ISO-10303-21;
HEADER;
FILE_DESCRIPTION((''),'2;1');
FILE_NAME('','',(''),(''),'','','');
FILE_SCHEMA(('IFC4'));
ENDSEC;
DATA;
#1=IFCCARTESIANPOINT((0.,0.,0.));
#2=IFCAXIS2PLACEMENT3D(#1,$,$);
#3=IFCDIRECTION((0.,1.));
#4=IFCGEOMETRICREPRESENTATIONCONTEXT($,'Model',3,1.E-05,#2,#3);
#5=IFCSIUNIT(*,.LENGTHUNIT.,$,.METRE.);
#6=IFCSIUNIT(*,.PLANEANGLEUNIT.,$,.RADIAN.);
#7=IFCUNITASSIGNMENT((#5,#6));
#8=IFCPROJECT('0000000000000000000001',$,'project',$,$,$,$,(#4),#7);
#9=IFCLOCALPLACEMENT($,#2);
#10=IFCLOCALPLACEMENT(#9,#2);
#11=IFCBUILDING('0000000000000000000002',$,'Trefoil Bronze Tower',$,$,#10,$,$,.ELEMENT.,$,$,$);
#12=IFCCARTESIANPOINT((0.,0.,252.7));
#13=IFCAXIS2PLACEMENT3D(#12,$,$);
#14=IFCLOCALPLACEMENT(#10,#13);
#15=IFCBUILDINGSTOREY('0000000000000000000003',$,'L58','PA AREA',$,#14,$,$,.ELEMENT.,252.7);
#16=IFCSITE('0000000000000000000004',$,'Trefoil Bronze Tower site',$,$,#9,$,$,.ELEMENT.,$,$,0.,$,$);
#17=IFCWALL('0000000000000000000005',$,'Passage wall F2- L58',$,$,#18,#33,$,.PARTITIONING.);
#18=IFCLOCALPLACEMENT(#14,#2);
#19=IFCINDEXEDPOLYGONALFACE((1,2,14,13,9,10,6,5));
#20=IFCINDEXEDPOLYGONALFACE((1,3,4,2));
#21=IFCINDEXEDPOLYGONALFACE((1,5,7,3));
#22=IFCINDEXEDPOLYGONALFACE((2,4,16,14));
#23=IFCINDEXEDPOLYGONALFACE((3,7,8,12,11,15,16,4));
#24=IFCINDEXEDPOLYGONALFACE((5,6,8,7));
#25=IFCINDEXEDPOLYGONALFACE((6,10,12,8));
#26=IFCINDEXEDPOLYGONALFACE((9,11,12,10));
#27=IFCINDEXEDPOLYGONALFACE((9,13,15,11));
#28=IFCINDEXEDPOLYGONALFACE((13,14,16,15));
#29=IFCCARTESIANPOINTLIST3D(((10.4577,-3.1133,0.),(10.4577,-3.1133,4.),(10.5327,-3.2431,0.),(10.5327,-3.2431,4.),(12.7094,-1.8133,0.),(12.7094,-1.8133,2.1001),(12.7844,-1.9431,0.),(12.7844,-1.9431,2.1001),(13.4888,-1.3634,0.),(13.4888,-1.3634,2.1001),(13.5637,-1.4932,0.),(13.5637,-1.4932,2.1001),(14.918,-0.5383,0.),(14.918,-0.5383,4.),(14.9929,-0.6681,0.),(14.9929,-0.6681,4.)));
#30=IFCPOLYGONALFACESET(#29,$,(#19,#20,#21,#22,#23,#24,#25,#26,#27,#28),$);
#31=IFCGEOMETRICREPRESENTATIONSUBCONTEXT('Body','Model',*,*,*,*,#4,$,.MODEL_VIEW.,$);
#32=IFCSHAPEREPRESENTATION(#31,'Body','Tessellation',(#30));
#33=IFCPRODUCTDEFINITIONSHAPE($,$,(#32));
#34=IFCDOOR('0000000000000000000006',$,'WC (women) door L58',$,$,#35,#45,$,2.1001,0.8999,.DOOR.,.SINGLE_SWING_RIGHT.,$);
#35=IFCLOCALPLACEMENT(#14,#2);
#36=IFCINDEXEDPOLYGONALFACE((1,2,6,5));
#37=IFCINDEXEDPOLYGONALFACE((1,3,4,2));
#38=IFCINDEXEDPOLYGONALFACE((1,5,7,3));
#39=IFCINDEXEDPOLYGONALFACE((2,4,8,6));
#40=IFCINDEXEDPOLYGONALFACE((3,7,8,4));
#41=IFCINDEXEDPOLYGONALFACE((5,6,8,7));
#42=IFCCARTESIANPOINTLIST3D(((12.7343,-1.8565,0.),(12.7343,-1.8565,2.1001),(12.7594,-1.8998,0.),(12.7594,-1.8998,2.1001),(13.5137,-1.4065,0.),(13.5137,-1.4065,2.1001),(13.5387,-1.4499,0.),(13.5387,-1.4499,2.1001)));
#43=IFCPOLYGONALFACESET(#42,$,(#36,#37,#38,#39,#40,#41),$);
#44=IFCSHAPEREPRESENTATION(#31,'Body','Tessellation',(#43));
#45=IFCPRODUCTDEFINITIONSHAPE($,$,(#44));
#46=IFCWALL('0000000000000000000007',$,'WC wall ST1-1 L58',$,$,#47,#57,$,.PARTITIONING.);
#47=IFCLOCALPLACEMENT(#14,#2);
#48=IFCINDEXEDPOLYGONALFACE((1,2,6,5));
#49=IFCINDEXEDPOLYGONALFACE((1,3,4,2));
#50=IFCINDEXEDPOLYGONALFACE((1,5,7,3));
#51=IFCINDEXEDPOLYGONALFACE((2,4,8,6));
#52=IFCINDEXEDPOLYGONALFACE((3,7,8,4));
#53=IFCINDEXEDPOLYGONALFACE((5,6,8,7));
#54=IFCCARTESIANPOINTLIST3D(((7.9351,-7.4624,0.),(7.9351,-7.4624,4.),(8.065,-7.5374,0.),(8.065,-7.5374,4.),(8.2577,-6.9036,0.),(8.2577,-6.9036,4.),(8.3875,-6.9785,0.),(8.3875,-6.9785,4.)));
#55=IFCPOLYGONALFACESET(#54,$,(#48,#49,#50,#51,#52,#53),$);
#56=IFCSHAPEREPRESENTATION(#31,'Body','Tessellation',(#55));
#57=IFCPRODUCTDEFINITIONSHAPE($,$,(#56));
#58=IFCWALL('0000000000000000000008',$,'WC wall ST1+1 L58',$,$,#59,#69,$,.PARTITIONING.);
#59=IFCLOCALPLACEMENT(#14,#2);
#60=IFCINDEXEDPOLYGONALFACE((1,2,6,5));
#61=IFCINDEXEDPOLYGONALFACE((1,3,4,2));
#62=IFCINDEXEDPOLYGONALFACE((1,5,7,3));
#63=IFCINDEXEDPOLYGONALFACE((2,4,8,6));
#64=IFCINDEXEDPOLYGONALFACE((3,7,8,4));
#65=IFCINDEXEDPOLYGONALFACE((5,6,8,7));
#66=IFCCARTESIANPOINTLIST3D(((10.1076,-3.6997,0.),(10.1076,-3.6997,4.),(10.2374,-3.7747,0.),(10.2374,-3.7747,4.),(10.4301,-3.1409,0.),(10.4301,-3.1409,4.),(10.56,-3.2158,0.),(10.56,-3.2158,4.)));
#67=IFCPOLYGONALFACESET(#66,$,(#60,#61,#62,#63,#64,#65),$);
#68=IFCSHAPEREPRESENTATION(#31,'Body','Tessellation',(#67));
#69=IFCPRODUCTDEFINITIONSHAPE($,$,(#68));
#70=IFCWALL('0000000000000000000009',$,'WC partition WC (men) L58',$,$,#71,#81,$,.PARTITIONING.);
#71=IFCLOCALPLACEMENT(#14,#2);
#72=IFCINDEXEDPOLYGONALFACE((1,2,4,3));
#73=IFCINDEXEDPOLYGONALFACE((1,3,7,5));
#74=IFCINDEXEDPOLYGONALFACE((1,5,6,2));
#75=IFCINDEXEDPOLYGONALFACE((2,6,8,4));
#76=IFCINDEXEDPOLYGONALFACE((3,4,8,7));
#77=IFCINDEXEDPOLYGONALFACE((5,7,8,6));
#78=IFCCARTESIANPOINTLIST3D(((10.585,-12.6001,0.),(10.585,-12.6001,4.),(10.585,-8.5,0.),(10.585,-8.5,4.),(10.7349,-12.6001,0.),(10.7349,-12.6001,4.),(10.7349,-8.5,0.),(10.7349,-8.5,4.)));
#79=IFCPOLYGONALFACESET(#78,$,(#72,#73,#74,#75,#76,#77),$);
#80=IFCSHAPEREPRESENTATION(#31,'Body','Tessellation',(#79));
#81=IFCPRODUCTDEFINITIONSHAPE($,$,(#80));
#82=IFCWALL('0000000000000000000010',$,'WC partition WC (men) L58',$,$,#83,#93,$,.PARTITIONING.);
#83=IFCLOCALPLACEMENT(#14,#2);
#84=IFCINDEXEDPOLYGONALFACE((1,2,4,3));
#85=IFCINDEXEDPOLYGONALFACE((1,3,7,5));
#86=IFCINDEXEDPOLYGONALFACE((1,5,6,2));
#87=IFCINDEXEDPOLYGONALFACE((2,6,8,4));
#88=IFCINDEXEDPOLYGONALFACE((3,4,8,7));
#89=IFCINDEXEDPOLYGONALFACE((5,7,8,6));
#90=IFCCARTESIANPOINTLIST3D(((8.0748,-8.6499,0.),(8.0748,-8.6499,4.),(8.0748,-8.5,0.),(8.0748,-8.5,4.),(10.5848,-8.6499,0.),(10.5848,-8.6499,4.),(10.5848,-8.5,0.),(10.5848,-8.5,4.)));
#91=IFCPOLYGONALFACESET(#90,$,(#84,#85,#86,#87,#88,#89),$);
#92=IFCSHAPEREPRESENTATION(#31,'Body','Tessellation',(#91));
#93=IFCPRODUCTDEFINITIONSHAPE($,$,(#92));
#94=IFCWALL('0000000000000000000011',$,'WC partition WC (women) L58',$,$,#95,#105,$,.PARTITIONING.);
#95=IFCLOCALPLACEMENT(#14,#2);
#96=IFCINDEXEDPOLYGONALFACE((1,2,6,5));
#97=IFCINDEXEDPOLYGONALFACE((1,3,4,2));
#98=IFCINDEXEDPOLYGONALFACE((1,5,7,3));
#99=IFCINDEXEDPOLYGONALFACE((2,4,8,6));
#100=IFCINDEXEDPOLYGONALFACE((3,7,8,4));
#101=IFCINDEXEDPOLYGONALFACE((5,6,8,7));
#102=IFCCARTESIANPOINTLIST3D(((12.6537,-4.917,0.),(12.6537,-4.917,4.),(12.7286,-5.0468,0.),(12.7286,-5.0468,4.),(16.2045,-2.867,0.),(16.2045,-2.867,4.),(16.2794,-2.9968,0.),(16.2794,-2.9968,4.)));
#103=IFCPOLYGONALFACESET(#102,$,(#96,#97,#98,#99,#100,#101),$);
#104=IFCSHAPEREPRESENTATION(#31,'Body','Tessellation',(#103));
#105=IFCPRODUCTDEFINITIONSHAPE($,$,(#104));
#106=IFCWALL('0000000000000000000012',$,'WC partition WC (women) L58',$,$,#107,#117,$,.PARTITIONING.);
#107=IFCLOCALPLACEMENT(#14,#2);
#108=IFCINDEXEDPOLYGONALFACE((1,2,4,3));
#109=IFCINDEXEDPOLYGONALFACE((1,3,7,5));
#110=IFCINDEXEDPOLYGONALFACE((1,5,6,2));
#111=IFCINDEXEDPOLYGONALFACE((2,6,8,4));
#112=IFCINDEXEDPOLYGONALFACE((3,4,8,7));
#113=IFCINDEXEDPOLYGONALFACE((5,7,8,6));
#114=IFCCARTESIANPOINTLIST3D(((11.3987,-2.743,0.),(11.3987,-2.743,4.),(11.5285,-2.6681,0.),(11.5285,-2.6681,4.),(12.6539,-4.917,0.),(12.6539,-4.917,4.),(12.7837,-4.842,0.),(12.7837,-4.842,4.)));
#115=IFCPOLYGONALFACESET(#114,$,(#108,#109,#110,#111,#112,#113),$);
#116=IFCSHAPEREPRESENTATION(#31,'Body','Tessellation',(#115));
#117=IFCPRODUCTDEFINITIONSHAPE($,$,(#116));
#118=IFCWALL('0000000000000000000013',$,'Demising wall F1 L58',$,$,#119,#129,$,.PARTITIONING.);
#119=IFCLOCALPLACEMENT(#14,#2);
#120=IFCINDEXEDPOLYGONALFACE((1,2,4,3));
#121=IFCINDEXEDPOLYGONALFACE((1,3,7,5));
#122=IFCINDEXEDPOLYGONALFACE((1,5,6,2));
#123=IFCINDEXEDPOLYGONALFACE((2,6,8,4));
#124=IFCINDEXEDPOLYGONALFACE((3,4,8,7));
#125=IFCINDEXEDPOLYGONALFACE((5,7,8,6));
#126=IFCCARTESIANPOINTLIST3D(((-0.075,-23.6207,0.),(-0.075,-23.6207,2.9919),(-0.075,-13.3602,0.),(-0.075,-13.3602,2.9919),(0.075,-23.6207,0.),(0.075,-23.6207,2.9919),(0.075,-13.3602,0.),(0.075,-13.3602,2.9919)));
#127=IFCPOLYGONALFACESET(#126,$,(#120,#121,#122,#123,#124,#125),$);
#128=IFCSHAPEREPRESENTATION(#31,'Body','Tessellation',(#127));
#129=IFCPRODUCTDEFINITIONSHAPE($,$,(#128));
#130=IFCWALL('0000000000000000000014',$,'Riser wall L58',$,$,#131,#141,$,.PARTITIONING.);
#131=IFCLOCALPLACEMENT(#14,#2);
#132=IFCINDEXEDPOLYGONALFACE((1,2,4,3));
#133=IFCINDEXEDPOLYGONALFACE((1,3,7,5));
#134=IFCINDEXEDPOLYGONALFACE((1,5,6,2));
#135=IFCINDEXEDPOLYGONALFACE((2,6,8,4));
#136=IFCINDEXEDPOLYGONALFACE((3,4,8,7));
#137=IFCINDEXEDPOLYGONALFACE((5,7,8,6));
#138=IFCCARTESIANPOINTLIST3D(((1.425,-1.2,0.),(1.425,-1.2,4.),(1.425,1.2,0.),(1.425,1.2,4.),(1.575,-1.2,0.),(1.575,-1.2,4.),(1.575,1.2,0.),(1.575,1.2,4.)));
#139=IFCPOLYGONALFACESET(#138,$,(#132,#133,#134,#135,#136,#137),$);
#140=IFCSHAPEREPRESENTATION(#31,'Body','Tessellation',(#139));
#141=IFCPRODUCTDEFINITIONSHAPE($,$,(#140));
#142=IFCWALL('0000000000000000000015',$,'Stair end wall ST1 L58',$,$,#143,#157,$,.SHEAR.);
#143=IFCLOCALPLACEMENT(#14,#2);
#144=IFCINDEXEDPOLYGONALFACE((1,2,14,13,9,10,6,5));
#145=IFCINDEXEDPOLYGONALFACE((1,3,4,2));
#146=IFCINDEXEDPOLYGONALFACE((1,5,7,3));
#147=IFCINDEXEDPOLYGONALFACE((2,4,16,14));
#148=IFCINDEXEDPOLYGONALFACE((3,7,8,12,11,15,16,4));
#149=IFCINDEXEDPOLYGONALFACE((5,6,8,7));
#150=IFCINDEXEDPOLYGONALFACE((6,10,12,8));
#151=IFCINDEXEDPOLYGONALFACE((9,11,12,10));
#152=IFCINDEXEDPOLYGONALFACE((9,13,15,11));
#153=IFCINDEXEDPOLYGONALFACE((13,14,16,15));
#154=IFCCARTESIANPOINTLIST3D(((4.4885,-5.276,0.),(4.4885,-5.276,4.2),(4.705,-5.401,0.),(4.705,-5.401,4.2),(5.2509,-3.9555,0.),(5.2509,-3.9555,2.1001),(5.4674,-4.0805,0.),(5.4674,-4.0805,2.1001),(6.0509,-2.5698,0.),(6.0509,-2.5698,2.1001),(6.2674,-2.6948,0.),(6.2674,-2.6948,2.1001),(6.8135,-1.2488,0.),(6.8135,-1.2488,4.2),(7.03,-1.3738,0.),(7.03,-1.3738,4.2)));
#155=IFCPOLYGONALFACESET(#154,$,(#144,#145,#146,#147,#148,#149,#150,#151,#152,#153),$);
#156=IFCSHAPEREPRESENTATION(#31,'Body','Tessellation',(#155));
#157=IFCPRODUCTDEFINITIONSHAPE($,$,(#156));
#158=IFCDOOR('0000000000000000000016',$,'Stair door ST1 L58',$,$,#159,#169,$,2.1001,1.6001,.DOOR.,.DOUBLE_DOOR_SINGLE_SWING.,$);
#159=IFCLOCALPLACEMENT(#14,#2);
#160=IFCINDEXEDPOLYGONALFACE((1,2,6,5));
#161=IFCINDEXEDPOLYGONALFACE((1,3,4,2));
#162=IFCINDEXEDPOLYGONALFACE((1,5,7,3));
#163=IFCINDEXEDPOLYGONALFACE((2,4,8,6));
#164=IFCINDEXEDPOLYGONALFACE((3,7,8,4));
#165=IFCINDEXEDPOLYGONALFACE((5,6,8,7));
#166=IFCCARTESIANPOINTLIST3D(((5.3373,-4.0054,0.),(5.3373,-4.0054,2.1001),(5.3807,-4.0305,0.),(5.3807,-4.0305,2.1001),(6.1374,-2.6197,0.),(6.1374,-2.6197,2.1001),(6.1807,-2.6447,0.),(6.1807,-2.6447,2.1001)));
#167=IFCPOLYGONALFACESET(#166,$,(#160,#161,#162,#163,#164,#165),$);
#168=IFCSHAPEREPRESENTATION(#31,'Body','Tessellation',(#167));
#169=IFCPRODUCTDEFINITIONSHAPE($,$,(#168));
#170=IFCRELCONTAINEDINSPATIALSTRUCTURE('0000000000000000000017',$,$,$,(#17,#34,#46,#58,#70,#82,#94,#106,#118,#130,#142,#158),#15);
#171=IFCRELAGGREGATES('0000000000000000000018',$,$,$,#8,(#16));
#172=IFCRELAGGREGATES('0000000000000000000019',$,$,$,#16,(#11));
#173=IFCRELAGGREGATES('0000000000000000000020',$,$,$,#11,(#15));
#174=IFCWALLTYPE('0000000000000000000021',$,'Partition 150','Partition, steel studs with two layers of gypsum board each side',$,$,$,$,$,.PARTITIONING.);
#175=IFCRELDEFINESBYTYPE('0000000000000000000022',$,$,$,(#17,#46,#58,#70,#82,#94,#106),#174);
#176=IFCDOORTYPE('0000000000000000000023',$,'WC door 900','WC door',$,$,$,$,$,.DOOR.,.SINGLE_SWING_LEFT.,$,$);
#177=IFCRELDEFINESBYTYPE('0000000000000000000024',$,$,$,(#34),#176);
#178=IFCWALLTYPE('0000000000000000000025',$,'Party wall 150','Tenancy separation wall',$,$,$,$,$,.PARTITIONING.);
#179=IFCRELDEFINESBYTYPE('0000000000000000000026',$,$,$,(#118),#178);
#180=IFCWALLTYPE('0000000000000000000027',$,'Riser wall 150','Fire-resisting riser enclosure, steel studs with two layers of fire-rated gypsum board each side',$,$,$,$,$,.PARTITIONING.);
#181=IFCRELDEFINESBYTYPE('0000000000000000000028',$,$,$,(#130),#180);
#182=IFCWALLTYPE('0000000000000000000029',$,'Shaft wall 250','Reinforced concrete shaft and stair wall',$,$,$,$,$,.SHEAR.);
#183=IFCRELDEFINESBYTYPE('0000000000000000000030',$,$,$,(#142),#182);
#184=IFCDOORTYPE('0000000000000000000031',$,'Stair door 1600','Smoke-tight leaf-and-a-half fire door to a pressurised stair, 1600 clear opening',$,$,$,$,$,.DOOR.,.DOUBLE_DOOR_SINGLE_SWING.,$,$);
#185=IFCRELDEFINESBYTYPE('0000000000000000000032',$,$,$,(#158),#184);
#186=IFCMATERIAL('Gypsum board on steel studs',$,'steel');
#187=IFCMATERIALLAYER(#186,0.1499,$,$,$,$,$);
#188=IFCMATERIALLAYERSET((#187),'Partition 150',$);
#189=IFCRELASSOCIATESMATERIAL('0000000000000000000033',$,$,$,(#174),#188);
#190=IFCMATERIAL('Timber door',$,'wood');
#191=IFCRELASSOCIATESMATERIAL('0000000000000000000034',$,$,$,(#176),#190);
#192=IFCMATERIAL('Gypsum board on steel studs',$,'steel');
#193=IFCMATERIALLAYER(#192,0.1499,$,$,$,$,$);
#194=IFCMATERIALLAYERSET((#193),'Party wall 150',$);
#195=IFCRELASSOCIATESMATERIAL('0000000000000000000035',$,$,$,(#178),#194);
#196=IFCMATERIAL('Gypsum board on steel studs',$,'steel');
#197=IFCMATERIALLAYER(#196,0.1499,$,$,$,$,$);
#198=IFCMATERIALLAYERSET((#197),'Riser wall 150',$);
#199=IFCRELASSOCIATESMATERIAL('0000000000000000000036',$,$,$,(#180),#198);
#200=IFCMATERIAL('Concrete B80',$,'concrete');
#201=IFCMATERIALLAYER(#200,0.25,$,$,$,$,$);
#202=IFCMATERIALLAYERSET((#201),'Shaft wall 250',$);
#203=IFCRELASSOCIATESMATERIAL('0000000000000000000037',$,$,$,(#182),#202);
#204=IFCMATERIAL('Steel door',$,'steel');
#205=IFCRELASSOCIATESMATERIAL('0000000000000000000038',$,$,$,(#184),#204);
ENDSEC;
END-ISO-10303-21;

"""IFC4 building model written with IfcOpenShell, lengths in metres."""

from ifc_helpers import new_model, si_unit, direction, frame, frame_2d, origin, place, context, subcontext, project, spatial, rectangle, extrude, material, layer, layer_set, type_object, element, fill, save


model = new_model("IFC4")

# Units and contexts
model_context = context("Model", 3, precision=1e-05, world=origin(), true_north=direction((0.0, 1.0)))
body_context = subcontext(model_context, "Body", "Model", "MODEL_VIEW")
ifc_project = project(units=[si_unit("LENGTHUNIT", "METRE"), si_unit("PLANEANGLEUNIT", "RADIAN")], contexts=[model_context])

# Site, building, storey
site_placement = place(None, origin())
site = spatial("IfcSite", under=ifc_project, at=site_placement, Name="Trefoil Bronze Tower site", CompositionType="ELEMENT", RefElevation=0.0)
building_placement = place(site_placement, origin())
building = spatial("IfcBuilding", under=site, at=building_placement, Name="Trefoil Bronze Tower", CompositionType="ELEMENT")
storey_placement = place(building_placement, frame((0.0, 0.0, 252.7)))
storey = spatial("IfcBuildingStorey", under=building, at=storey_placement, Name="L58", Description="PA AREA", CompositionType="ELEMENT", Elevation=252.7)

# Wall, opening, door
ifc_material_1 = material(Name="Gypsum board on steel studs", Category="steel")
ifc_layer_1 = layer(ifc_material_1, 0.1499)
ifc_layer_set_1 = layer_set([ifc_layer_1], Name="Partition 150")
wall_type_1 = type_object("IfcWallType", Name="Partition 150", Description="Partition, steel studs with two layers of gypsum board each side", PredefinedType="PARTITIONING", material=ifc_layer_set_1)
ifc_material_2 = material(Name="Timber door", Category="wood")
door_type_1 = type_object("IfcDoorType", Name="WC door 900", Description="WC door", OperationType="SINGLE_SWING_LEFT", PredefinedType="DOOR", material=ifc_material_2)
wall_1_placement = place(storey_placement, frame((10.4951, -3.1782, 0.0), z_axis=(0.0, 0.0, 1.0), x_axis=(0.866038, 0.499978, 0.0)))
wall_1 = element("IfcWall", 1, at=wall_1_placement, inside=storey, type_object=wall_type_1, Name="Passage wall F2- L58", PredefinedType="PARTITIONING", context=body_context, shape_type="SweptSolid", body=[
    extrude(rectangle(XDim=5.1501, YDim=0.1499, at=frame_2d((2.5752, 0.0))), origin(), (0.0, 0.0, 1.0), 4.0),
])
opening_1_placement = place(wall_1_placement, frame((2.6001, 0.0, 0.0)))
opening_1 = element("IfcOpeningElement", 2, at=opening_1_placement, cuts=wall_1, PredefinedType="OPENING", context=body_context, shape_type="SweptSolid", body=[
    extrude(rectangle(XDim=0.8999, YDim=2.1001, at=frame_2d((0.45, 1.05))), frame((0.0, 0.085, 0.0), z_axis=(0.0, -1.0, 0.0), x_axis=(1.0, 0.0, 0.0)), (0.0, 0.0, 1.0), 0.1699),
])
door_1_placement = place(opening_1_placement, frame((0.8999, 0.0, 0.0), z_axis=(0.0, 0.0, 1.0), x_axis=(-1.0, 0.0, 0.0)))
door_1 = element("IfcDoor", 3, at=door_1_placement, inside=storey, type_object=door_type_1, Name="WC (women) door L58", OperationType="SINGLE_SWING_RIGHT", OverallHeight=2.1001, OverallWidth=0.8999, PredefinedType="DOOR", context=body_context, shape_type="SweptSolid", body=[
    extrude(rectangle(XDim=0.8999, YDim=2.1001, at=frame_2d((0.45, 1.05))), frame((0.0, 0.0249, 0.0), z_axis=(0.0, -1.0, 0.0), x_axis=(1.0, 0.0, 0.0)), (0.0, 0.0, 1.0), 0.05),
])
fill(opening_1, door_1)

# Walls
for number, where, z_axis, x_axis, name in (
    (4, (8.0, -7.5, 0.0), (0.0, 0.0, 1.0), (0.499843, 0.866116, 0.0), "WC wall ST1-1 L58"),
    (5, (10.4951, -3.1782, 0.0), (0.0, 0.0, 1.0), (-0.499843, -0.866116, 0.0), "WC wall ST1+1 L58"),
):
    element("IfcWall", number, at=place(storey_placement, frame(where, z_axis=z_axis, x_axis=x_axis)), inside=storey, type_object=wall_type_1, Name=name, PredefinedType="PARTITIONING", context=body_context, shape_type="SweptSolid", body=[
        extrude(rectangle(XDim=0.6453, YDim=0.1499, at=frame_2d((0.3228, 0.0))), origin(), (0.0, 0.0, 1.0), 4.0),
    ])
wall_2_placement = place(storey_placement, frame((10.6599, -8.5, 0.0), z_axis=(0.0, 0.0, 1.0), x_axis=(0.0, -1.0, 0.0)))
element("IfcWall", 6, at=wall_2_placement, inside=storey, type_object=wall_type_1, Name="WC partition WC (men) L58", PredefinedType="PARTITIONING", context=body_context, shape_type="SweptSolid", body=[
    extrude(rectangle(XDim=4.1001, YDim=0.1499, at=frame_2d((2.05, 0.0))), origin(), (0.0, 0.0, 1.0), 4.0),
])
wall_3_placement = place(storey_placement, frame((8.075, -8.575, 0.0), z_axis=(0.0, 0.0, 1.0), x_axis=(1.0, 0.0, 0.0)))
element("IfcWall", 7, at=wall_3_placement, inside=storey, type_object=wall_type_1, Name="WC partition WC (men) L58", PredefinedType="PARTITIONING", context=body_context, shape_type="SweptSolid", body=[
    extrude(rectangle(XDim=2.51, YDim=0.1499, at=frame_2d((1.2549, 0.0))), origin(), (0.0, 0.0, 1.0), 4.0),
])
wall_4_placement = place(storey_placement, frame((12.6912, -4.9819, 0.0), z_axis=(0.0, 0.0, 1.0), x_axis=(0.866025, 0.500001, 0.0)))
element("IfcWall", 8, at=wall_4_placement, inside=storey, type_object=wall_type_1, Name="WC partition WC (women) L58", PredefinedType="PARTITIONING", context=body_context, shape_type="SweptSolid", body=[
    extrude(rectangle(XDim=4.1001, YDim=0.1499, at=frame_2d((2.05, 0.0))), origin(), (0.0, 0.0, 1.0), 4.0),
])
wall_5_placement = place(storey_placement, frame((11.4636, -2.7056, 0.0), z_axis=(0.0, 0.0, 1.0), x_axis=(0.50002, -0.866014, 0.0)))
element("IfcWall", 9, at=wall_5_placement, inside=storey, type_object=wall_type_1, Name="WC partition WC (women) L58", PredefinedType="PARTITIONING", context=body_context, shape_type="SweptSolid", body=[
    extrude(rectangle(XDim=2.5103, YDim=0.1499, at=frame_2d((1.2551, 0.0))), origin(), (0.0, 0.0, 1.0), 4.0),
])
ifc_material_3 = material(Name="Gypsum board on steel studs", Category="steel")
ifc_layer_2 = layer(ifc_material_3, 0.1499)
ifc_layer_set_2 = layer_set([ifc_layer_2], Name="Party wall 150")
wall_type_2 = type_object("IfcWallType", Name="Party wall 150", Description="Tenancy separation wall", PredefinedType="PARTITIONING", material=ifc_layer_set_2)
wall_6_placement = place(storey_placement, frame((0.0, -13.3601, 0.0), z_axis=(0.0, 0.0, 1.0), x_axis=(0.0, -1.0, 0.0)))
element("IfcWall", 10, at=wall_6_placement, inside=storey, type_object=wall_type_2, Name="Demising wall F1 L58", PredefinedType="PARTITIONING", context=body_context, shape_type="SweptSolid", body=[
    extrude(rectangle(XDim=10.2605, YDim=0.1499, at=frame_2d((5.1304, 0.0))), origin(), (0.0, 0.0, 1.0), 2.9919),
])
ifc_material_4 = material(Name="Gypsum board on steel studs", Category="steel")
ifc_layer_3 = layer(ifc_material_4, 0.1499)
ifc_layer_set_3 = layer_set([ifc_layer_3], Name="Riser wall 150")
wall_type_3 = type_object("IfcWallType", Name="Riser wall 150", Description="Fire-resisting riser enclosure, steel studs with two layers of fire-rated gypsum board each side", PredefinedType="PARTITIONING", material=ifc_layer_set_3)
wall_7_placement = place(storey_placement, frame((1.5, -1.2, 0.0), z_axis=(0.0, 0.0, 1.0), x_axis=(0.0, 1.0, 0.0)))
element("IfcWall", 11, at=wall_7_placement, inside=storey, type_object=wall_type_3, Name="Riser wall L58", PredefinedType="PARTITIONING", context=body_context, shape_type="SweptSolid", body=[
    extrude(rectangle(XDim=2.3999, YDim=0.1499, at=frame_2d((1.2, 0.0))), origin(), (0.0, 0.0, 1.0), 4.0),
])

# Wall, opening, door
ifc_material_5 = material(Name="Concrete B80", Category="concrete")
ifc_layer_4 = layer(ifc_material_5, 0.25)
ifc_layer_set_4 = layer_set([ifc_layer_4], Name="Shaft wall 250")
wall_type_4 = type_object("IfcWallType", Name="Shaft wall 250", Description="Reinforced concrete shaft and stair wall", PredefinedType="SHEAR", material=ifc_layer_set_4)
wall_8_placement = place(storey_placement, frame((4.5967, -5.3386, 0.0), z_axis=(0.0, 0.0, 1.0), x_axis=(0.499985, 0.866034, 0.0)))
wall_8 = element("IfcWall", 12, at=wall_8_placement, inside=storey, type_object=wall_type_4, Name="Stair end wall ST1 L58", PredefinedType="SHEAR", context=body_context, shape_type="SweptSolid", body=[
    extrude(rectangle(XDim=4.6501, YDim=0.25, at=frame_2d((2.3252, 0.0))), origin(), (0.0, 0.0, 1.0), 4.2),
])
opening_2_placement = place(wall_8_placement, frame((1.5249, 0.0, 0.0)))
opening_2 = element("IfcOpeningElement", 13, at=opening_2_placement, cuts=wall_8, PredefinedType="OPENING", context=body_context, shape_type="SweptSolid", body=[
    extrude(rectangle(XDim=1.6001, YDim=2.1001, at=frame_2d((0.8, 1.05))), frame((0.0, 0.135, 0.0), z_axis=(0.0, -1.0, 0.0), x_axis=(1.0, 0.0, 0.0)), (0.0, 0.0, 1.0), 0.27),
])
ifc_material_6 = material(Name="Steel door", Category="steel")
door_type_2 = type_object("IfcDoorType", Name="Stair door 1600", Description="Smoke-tight leaf-and-a-half fire door to a pressurised stair, 1600 clear opening", OperationType="DOUBLE_DOOR_SINGLE_SWING", PredefinedType="DOOR", material=ifc_material_6)
door_2_placement = place(opening_2_placement, frame((1.6001, 0.0, 0.0), z_axis=(0.0, 0.0, 1.0), x_axis=(-1.0, 0.0, 0.0)))
door_2 = element("IfcDoor", 14, at=door_2_placement, inside=storey, type_object=door_type_2, Name="Stair door ST1 L58", OperationType="DOUBLE_DOOR_SINGLE_SWING", OverallHeight=2.1001, OverallWidth=1.6001, PredefinedType="DOOR", context=body_context, shape_type="SweptSolid", body=[
    extrude(rectangle(XDim=1.6001, YDim=2.1001, at=frame_2d((0.8, 1.05))), frame((0.0, 0.0249, 0.0), z_axis=(0.0, -1.0, 0.0), x_axis=(1.0, 0.0, 0.0)), (0.0, 0.0, 1.0), 0.05),
])
fill(opening_2, door_2)

save(model, "model.ifc")
